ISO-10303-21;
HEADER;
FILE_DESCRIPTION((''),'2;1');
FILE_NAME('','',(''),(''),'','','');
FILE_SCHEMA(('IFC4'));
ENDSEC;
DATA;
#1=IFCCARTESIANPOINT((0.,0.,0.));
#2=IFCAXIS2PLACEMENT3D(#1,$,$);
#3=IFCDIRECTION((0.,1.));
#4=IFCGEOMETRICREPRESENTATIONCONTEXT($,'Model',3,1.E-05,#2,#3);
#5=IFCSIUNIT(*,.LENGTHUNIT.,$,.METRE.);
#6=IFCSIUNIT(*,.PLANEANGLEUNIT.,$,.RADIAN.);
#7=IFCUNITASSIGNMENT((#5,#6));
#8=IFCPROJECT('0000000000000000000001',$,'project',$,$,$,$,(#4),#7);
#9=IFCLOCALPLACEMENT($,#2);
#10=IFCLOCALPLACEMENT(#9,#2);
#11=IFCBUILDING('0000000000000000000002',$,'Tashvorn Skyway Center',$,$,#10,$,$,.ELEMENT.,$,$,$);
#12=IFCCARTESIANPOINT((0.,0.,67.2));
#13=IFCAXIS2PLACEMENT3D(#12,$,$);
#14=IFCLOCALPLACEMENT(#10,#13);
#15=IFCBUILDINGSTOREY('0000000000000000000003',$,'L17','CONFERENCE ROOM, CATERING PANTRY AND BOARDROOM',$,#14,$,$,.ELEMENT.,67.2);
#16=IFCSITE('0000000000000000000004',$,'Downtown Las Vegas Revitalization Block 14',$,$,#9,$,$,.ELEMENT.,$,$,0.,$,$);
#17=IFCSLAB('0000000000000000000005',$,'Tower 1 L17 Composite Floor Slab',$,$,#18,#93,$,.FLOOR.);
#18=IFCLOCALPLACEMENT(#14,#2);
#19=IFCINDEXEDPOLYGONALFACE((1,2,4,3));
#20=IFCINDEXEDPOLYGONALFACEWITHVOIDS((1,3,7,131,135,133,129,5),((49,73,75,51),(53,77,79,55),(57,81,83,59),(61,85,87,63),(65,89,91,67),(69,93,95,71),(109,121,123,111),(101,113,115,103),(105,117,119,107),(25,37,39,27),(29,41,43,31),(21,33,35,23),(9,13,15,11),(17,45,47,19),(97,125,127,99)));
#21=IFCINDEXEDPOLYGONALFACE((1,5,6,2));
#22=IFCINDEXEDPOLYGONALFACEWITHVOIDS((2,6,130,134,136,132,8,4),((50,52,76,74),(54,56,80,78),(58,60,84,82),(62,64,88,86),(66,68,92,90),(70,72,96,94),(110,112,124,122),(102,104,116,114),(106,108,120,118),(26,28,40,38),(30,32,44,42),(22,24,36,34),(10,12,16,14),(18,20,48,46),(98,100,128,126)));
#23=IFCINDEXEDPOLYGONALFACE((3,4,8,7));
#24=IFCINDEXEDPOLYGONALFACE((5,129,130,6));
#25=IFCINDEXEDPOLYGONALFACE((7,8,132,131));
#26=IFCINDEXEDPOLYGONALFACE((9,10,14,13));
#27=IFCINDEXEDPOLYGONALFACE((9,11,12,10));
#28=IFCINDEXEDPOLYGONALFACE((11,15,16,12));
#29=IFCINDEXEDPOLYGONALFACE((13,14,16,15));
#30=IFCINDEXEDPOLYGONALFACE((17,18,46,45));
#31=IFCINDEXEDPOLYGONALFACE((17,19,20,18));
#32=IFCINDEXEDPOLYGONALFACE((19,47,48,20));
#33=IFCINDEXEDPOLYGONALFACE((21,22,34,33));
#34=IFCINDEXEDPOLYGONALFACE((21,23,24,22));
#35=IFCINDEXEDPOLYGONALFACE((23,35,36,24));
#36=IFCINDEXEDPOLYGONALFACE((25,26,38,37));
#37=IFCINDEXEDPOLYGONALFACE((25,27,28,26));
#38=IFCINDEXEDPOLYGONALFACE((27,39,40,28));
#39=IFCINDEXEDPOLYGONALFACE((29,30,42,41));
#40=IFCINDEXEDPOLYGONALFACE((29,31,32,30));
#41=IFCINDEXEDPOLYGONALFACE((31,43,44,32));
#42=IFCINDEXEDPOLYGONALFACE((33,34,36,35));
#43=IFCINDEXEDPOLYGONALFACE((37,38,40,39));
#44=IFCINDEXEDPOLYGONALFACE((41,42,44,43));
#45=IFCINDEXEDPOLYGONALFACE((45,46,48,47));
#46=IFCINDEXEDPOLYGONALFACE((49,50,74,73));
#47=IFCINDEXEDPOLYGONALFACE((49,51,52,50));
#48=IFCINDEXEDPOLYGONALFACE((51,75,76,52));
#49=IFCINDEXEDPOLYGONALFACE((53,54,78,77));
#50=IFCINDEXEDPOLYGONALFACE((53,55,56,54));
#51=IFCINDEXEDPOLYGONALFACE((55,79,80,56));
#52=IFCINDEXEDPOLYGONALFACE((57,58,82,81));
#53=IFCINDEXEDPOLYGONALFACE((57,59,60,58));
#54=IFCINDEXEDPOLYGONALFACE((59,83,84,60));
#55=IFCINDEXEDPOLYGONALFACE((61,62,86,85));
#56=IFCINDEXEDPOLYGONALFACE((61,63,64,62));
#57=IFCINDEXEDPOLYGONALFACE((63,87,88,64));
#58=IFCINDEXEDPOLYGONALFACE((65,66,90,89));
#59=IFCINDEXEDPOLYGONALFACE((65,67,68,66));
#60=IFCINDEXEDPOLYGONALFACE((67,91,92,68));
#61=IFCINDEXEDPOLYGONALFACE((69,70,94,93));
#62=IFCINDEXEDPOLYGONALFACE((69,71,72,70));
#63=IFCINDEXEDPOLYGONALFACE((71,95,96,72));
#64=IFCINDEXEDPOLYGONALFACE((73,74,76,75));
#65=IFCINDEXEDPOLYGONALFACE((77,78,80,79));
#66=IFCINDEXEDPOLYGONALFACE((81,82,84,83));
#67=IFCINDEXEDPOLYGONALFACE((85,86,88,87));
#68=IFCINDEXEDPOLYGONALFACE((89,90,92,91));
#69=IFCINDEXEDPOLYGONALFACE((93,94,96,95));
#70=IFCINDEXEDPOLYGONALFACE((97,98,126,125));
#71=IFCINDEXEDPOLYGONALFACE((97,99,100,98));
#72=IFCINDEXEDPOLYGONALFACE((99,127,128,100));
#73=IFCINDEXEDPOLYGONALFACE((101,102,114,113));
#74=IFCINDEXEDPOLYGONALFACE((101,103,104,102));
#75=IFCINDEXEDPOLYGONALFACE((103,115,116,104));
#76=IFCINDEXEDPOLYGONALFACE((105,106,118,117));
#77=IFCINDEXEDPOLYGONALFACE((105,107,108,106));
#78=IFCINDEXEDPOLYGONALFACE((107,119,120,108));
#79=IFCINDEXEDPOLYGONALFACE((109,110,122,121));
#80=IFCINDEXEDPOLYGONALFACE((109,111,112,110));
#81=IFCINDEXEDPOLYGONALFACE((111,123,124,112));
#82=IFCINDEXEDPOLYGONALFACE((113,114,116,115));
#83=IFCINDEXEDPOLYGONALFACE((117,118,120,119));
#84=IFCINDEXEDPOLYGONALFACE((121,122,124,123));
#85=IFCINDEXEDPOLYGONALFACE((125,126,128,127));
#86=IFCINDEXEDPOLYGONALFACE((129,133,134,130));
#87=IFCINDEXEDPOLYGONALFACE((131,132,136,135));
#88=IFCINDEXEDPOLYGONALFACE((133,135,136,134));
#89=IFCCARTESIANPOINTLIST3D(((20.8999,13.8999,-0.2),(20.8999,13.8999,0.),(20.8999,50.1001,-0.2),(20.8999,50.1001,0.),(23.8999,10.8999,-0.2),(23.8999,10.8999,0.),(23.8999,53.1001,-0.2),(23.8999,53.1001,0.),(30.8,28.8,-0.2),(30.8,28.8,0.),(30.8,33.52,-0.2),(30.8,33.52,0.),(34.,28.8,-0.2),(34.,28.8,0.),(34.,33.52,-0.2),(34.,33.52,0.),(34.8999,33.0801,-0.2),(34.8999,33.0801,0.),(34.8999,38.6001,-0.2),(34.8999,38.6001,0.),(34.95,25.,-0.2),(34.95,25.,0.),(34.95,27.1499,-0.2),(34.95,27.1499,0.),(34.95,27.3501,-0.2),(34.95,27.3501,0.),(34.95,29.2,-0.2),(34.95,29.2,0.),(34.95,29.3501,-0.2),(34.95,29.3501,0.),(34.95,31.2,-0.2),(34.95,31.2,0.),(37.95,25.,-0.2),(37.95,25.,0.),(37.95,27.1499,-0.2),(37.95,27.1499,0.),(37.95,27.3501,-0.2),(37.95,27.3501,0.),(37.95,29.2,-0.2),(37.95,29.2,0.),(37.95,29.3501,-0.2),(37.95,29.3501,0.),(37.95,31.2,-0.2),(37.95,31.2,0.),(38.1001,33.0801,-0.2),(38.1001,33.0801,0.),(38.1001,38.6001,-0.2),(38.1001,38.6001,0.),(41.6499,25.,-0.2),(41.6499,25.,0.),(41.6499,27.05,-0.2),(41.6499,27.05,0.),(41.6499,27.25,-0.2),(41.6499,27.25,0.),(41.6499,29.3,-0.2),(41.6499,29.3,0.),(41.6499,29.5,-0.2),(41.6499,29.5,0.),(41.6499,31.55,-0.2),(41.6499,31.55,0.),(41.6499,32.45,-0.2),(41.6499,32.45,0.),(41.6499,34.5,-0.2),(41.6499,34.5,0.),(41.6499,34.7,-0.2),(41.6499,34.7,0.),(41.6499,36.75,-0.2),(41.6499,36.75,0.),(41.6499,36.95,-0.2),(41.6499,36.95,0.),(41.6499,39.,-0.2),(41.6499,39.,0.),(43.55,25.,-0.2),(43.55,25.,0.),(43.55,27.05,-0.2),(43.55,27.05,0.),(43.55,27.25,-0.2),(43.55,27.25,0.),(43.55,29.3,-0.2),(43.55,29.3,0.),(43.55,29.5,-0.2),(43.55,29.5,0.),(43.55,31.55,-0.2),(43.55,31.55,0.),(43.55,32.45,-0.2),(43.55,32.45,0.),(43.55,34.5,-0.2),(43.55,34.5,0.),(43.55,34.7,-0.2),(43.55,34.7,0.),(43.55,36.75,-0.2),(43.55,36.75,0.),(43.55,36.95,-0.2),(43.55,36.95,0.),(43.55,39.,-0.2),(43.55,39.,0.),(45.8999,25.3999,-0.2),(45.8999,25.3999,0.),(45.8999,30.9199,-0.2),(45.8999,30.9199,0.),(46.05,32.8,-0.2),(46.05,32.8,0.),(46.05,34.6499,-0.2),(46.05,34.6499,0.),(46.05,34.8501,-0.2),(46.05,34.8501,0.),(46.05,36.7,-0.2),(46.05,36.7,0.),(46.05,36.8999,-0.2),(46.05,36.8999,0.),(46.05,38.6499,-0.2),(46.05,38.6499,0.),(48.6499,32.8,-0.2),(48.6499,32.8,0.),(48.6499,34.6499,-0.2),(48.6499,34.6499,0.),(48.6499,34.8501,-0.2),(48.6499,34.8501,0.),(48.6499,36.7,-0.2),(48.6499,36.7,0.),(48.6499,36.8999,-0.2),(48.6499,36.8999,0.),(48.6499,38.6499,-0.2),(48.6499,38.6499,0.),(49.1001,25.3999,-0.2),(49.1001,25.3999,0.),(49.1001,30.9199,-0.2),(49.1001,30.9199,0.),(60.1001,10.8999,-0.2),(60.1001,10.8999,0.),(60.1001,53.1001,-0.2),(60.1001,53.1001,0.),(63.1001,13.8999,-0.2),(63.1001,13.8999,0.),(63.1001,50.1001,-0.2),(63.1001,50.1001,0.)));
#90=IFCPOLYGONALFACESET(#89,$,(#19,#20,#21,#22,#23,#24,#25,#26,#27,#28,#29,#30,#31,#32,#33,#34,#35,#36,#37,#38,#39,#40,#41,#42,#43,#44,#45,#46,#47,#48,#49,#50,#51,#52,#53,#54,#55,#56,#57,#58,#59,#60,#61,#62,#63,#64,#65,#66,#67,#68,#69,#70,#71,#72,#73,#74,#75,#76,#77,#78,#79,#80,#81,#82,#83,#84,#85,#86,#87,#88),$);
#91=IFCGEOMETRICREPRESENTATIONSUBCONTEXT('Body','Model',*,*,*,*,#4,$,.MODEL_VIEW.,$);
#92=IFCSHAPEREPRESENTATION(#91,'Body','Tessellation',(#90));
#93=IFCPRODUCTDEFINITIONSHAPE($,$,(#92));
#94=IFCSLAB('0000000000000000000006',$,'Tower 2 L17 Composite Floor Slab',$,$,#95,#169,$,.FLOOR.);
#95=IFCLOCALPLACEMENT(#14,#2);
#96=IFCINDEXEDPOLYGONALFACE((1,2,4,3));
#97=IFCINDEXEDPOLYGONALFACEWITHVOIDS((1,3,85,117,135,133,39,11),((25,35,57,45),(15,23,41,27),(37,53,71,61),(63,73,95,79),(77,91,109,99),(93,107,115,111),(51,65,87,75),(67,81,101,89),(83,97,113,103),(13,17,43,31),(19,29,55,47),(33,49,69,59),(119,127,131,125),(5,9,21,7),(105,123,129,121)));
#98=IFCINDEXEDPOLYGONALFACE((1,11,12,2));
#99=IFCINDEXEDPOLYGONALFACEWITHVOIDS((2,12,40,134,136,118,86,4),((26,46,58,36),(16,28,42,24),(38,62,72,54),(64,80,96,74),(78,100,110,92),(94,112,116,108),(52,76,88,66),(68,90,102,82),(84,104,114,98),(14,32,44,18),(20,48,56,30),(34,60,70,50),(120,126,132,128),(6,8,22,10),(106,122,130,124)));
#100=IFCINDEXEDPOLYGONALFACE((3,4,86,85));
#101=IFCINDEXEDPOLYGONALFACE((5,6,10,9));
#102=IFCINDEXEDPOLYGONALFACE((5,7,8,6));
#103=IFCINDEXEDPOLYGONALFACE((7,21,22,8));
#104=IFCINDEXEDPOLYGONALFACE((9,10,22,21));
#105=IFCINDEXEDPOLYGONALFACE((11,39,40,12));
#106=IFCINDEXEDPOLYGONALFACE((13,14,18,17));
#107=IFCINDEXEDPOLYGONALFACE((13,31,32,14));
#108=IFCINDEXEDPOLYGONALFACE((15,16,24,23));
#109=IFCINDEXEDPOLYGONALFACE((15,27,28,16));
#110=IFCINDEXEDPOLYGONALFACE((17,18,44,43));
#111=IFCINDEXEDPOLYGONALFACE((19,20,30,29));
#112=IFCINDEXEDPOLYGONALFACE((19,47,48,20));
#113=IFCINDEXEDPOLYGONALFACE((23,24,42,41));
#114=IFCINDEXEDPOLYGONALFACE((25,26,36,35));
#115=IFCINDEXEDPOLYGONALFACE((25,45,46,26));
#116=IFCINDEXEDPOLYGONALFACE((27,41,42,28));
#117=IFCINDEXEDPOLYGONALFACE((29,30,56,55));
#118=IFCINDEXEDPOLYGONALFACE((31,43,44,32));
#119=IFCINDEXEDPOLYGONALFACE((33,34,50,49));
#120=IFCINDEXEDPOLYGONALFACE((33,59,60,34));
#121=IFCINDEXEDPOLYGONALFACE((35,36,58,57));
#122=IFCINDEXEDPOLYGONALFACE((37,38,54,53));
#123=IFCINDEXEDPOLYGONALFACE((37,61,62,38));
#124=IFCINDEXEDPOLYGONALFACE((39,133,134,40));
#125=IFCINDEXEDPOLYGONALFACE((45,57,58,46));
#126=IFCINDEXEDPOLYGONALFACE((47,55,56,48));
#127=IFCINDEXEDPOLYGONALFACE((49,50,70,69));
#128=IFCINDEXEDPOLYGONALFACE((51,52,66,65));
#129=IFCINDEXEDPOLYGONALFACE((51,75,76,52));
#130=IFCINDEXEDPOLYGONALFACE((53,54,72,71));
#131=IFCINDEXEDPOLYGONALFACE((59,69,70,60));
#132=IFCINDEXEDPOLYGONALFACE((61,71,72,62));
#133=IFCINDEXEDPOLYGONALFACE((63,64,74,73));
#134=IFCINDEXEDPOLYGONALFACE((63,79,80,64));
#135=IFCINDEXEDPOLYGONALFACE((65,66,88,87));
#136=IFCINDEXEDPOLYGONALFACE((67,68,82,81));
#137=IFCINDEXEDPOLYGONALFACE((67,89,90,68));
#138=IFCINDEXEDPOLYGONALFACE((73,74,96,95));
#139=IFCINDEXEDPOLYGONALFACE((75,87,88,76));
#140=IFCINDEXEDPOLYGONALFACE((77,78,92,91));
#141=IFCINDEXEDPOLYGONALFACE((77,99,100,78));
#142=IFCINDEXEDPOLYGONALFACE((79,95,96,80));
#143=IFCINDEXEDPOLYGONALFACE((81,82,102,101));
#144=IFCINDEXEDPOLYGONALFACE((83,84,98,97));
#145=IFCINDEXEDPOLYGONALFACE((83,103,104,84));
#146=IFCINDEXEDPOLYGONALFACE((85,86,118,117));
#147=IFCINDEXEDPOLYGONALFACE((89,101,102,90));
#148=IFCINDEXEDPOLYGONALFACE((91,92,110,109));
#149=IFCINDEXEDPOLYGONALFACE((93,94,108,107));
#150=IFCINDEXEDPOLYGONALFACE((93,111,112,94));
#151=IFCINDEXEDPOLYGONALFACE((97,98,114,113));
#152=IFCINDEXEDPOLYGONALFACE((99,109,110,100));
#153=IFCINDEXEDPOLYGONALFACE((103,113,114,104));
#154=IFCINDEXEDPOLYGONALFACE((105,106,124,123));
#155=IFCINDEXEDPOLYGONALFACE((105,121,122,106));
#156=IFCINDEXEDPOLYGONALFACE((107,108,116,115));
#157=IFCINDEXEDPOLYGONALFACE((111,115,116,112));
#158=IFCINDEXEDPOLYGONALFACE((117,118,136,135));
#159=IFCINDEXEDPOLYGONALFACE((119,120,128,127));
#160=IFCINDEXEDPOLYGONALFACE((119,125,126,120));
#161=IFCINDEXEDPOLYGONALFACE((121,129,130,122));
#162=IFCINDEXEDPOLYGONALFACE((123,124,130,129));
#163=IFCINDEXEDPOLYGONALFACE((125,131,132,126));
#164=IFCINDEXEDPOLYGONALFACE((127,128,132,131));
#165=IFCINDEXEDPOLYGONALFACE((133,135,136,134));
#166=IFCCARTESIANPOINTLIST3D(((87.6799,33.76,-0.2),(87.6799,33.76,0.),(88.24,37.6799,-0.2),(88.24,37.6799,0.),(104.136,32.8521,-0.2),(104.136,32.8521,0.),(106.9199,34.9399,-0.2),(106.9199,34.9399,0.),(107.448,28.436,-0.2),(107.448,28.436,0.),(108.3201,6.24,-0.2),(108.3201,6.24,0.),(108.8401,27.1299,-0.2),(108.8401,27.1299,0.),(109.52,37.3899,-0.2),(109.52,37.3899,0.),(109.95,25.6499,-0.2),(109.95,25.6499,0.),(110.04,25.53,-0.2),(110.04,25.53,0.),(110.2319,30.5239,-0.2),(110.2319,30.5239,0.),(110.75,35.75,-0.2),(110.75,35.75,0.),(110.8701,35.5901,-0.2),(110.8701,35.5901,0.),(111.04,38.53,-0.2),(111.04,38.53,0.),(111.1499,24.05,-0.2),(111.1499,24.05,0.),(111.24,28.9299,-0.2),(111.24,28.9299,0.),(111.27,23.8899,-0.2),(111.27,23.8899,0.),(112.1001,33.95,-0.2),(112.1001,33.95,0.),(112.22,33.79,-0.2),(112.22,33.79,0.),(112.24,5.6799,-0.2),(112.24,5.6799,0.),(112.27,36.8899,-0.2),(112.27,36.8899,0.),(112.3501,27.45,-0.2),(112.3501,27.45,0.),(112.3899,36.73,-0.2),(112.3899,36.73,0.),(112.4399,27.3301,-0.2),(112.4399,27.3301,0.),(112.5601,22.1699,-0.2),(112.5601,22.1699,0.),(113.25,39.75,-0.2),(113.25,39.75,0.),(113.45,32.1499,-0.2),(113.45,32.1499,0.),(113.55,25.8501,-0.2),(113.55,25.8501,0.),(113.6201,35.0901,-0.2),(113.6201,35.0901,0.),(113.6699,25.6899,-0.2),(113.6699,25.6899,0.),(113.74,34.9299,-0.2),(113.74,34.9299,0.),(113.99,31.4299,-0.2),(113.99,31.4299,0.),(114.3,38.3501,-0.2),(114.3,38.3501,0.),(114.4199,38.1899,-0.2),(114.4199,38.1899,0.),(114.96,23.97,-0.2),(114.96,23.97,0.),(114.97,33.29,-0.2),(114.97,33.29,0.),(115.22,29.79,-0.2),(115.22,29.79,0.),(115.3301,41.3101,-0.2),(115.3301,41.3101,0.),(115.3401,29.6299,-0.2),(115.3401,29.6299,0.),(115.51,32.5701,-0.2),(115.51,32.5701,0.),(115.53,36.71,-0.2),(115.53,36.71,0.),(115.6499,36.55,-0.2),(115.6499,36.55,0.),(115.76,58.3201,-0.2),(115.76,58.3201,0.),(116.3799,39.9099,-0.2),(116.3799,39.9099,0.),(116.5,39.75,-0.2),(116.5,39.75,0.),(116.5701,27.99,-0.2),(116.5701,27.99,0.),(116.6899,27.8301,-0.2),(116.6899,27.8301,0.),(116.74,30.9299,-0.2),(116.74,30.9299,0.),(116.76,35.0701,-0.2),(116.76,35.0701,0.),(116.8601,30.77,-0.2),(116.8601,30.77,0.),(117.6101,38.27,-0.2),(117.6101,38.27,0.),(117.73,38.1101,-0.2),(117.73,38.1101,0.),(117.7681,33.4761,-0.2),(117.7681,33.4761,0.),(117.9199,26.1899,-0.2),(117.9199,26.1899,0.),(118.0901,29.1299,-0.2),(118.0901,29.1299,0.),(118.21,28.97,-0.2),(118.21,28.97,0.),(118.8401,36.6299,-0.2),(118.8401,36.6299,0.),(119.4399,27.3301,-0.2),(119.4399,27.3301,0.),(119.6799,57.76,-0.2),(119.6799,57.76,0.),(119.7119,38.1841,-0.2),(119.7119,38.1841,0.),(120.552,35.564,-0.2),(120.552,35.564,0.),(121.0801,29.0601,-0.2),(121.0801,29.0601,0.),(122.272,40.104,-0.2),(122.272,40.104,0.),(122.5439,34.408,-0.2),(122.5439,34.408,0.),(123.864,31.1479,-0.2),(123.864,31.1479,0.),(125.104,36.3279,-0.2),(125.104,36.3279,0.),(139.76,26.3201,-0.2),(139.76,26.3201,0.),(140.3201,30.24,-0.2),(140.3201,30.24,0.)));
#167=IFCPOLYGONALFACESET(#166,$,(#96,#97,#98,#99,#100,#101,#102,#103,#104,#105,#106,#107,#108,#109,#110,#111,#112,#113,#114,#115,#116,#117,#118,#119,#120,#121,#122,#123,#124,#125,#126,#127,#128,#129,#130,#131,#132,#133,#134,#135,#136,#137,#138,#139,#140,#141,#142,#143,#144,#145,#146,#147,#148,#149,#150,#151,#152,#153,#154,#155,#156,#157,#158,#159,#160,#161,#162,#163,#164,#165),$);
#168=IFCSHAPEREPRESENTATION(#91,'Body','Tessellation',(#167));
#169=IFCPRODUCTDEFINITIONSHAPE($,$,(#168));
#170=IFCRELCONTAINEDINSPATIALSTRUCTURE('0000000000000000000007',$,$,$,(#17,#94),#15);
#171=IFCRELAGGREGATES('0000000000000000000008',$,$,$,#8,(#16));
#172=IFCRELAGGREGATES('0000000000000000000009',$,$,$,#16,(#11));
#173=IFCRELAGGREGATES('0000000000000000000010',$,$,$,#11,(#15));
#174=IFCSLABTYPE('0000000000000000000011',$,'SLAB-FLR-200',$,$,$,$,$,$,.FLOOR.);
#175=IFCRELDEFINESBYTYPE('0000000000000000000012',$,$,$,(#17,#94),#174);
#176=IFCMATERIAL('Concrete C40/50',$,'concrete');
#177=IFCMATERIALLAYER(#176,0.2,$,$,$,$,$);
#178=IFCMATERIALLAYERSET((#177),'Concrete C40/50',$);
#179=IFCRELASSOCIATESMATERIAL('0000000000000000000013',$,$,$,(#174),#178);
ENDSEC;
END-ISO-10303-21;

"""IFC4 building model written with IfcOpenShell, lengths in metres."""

from ifc_helpers import new_model, si_unit, direction, frame, origin, place, context, subcontext, project, spatial, polyline, outline, extrude, material, layer, layer_set, type_object, element, save


model = new_model("IFC4")

# Units and contexts
model_context = context("Model", 3, precision=1e-05, world=origin(), true_north=direction((0.0, 1.0)))
body_context = subcontext(model_context, "Body", "Model", "MODEL_VIEW")
ifc_project = project(units=[si_unit("LENGTHUNIT", "METRE"), si_unit("PLANEANGLEUNIT", "RADIAN")], contexts=[model_context])

# Site, building, storey
site_placement = place(None, origin())
site = spatial("IfcSite", under=ifc_project, at=site_placement, Name="Downtown Las Vegas Revitalization Block 14", CompositionType="ELEMENT", RefElevation=0.0)
building_placement = place(site_placement, origin())
building = spatial("IfcBuilding", under=site, at=building_placement, Name="Tashvorn Skyway Center", CompositionType="ELEMENT")
storey_placement = place(building_placement, frame((0.0, 0.0, 67.2)))
storey = spatial("IfcBuildingStorey", under=building, at=storey_placement, Name="L17", Description="CONFERENCE ROOM, CATERING PANTRY AND BOARDROOM", CompositionType="ELEMENT", Elevation=67.2)

# Slabs
ifc_material_1 = material(Name="Concrete C40/50", Category="concrete")
ifc_layer_1 = layer(ifc_material_1, 0.2)
ifc_layer_set_1 = layer_set([ifc_layer_1], Name="Concrete C40/50")
slab_type_1 = type_object("IfcSlabType", Name="SLAB-FLR-200", PredefinedType="FLOOR", material=ifc_layer_set_1)
slab_1_placement = place(storey_placement, frame((0.0, 0.0, -0.2)))
element("IfcSlab", 1, at=slab_1_placement, inside=storey, type_object=slab_type_1, Name="Tower 1 L17 Composite Floor Slab", PredefinedType="FLOOR", context=body_context, shape_type="SweptSolid", body=[
    extrude(outline(polyline([(23.8999, 10.8999), (60.1001, 10.8999), (63.1001, 13.8999), (63.1001, 50.1001), (60.1001, 53.1001), (23.8999, 53.1001), (20.8999, 50.1001), (20.8999, 13.8999), (23.8999, 10.8999)]), holes=[polyline([(38.1001, 33.0801), (38.1001, 38.6001), (34.8999, 38.6001), (34.8999, 33.0801), (38.1001, 33.0801)]), polyline([(45.8999, 30.9199), (45.8999, 25.3999), (49.1001, 25.3999), (49.1001, 30.9199), (45.8999, 30.9199)]), polyline([(30.8, 33.52), (30.8, 28.8), (34.0, 28.8), (34.0, 33.52), (30.8, 33.52)]), polyline([(34.95, 29.3501), (37.95, 29.3501), (37.95, 31.2), (34.95, 31.2), (34.95, 29.3501)]), polyline([(34.95, 27.3501), (37.95, 27.3501), (37.95, 29.2), (34.95, 29.2), (34.95, 27.3501)]), polyline([(34.95, 25.0), (37.95, 25.0), (37.95, 27.1499), (34.95, 27.1499), (34.95, 25.0)]), polyline([(41.6499, 25.0), (43.55, 25.0), (43.55, 27.05), (41.6499, 27.05), (41.6499, 25.0)]), polyline([(41.6499, 27.25), (43.55, 27.25), (43.55, 29.3), (41.6499, 29.3), (41.6499, 27.25)]), polyline([(41.6499, 29.5), (43.55, 29.5), (43.55, 31.55), (41.6499, 31.55), (41.6499, 29.5)]), polyline([(41.6499, 32.45), (43.55, 32.45), (43.55, 34.5), (41.6499, 34.5), (41.6499, 32.45)]), polyline([(41.6499, 34.7), (43.55, 34.7), (43.55, 36.75), (41.6499, 36.75), (41.6499, 34.7)]), polyline([(41.6499, 36.95), (43.55, 36.95), (43.55, 39.0), (41.6499, 39.0), (41.6499, 36.95)]), polyline([(46.05, 32.8), (48.6499, 32.8), (48.6499, 34.6499), (46.05, 34.6499), (46.05, 32.8)]), polyline([(46.05, 34.8501), (48.6499, 34.8501), (48.6499, 36.7), (46.05, 36.7), (46.05, 34.8501)]), polyline([(46.05, 36.8999), (48.6499, 36.8999), (48.6499, 38.6499), (46.05, 38.6499), (46.05, 36.8999)])]), origin(), (0.0, 0.0, 1.0), 0.2),
])
slab_2_placement = place(storey_placement, frame((0.0, 0.0, -0.2)))
element("IfcSlab", 2, at=slab_2_placement, inside=storey, type_object=slab_type_1, Name="Tower 2 L17 Composite Floor Slab", PredefinedType="FLOOR", context=body_context, shape_type="SweptSolid", body=[
    extrude(outline(polyline([(112.24, 5.6799), (139.76, 26.3201), (140.3201, 30.24), (119.6799, 57.76), (115.76, 58.3201), (88.24, 37.6799), (87.6799, 33.76), (108.3201, 6.24), (112.24, 5.6799)]), holes=[polyline([(110.2319, 30.5239), (106.9199, 34.9399), (104.136, 32.8521), (107.448, 28.436), (110.2319, 30.5239)]), polyline([(117.7681, 33.4761), (121.0801, 29.0601), (123.864, 31.1479), (120.552, 35.564), (117.7681, 33.4761)]), polyline([(119.7119, 38.1841), (122.5439, 34.408), (125.104, 36.3279), (122.272, 40.104), (119.7119, 38.1841)]), polyline([(109.95, 25.6499), (112.3501, 27.45), (111.24, 28.9299), (108.8401, 27.1299), (109.95, 25.6499)]), polyline([(111.1499, 24.05), (113.55, 25.8501), (112.4399, 27.3301), (110.04, 25.53), (111.1499, 24.05)]), polyline([(112.5601, 22.1699), (114.96, 23.97), (113.6699, 25.6899), (111.27, 23.8899), (112.5601, 22.1699)]), polyline([(117.9199, 26.1899), (119.4399, 27.3301), (118.21, 28.97), (116.6899, 27.8301), (117.9199, 26.1899)]), polyline([(116.5701, 27.99), (118.0901, 29.1299), (116.8601, 30.77), (115.3401, 29.6299), (116.5701, 27.99)]), polyline([(115.22, 29.79), (116.74, 30.9299), (115.51, 32.5701), (113.99, 31.4299), (115.22, 29.79)]), polyline([(113.45, 32.1499), (114.97, 33.29), (113.74, 34.9299), (112.22, 33.79), (113.45, 32.1499)]), polyline([(112.1001, 33.95), (113.6201, 35.0901), (112.3899, 36.73), (110.8701, 35.5901), (112.1001, 33.95)]), polyline([(110.75, 35.75), (112.27, 36.8899), (111.04, 38.53), (109.52, 37.3899), (110.75, 35.75)]), polyline([(116.76, 35.0701), (118.8401, 36.6299), (117.73, 38.1101), (115.6499, 36.55), (116.76, 35.0701)]), polyline([(115.53, 36.71), (117.6101, 38.27), (116.5, 39.75), (114.4199, 38.1899), (115.53, 36.71)]), polyline([(114.3, 38.3501), (116.3799, 39.9099), (115.3301, 41.3101), (113.25, 39.75), (114.3, 38.3501)])]), origin(), (0.0, 0.0, 1.0), 0.2),
])

save(model, "model.ifc")
